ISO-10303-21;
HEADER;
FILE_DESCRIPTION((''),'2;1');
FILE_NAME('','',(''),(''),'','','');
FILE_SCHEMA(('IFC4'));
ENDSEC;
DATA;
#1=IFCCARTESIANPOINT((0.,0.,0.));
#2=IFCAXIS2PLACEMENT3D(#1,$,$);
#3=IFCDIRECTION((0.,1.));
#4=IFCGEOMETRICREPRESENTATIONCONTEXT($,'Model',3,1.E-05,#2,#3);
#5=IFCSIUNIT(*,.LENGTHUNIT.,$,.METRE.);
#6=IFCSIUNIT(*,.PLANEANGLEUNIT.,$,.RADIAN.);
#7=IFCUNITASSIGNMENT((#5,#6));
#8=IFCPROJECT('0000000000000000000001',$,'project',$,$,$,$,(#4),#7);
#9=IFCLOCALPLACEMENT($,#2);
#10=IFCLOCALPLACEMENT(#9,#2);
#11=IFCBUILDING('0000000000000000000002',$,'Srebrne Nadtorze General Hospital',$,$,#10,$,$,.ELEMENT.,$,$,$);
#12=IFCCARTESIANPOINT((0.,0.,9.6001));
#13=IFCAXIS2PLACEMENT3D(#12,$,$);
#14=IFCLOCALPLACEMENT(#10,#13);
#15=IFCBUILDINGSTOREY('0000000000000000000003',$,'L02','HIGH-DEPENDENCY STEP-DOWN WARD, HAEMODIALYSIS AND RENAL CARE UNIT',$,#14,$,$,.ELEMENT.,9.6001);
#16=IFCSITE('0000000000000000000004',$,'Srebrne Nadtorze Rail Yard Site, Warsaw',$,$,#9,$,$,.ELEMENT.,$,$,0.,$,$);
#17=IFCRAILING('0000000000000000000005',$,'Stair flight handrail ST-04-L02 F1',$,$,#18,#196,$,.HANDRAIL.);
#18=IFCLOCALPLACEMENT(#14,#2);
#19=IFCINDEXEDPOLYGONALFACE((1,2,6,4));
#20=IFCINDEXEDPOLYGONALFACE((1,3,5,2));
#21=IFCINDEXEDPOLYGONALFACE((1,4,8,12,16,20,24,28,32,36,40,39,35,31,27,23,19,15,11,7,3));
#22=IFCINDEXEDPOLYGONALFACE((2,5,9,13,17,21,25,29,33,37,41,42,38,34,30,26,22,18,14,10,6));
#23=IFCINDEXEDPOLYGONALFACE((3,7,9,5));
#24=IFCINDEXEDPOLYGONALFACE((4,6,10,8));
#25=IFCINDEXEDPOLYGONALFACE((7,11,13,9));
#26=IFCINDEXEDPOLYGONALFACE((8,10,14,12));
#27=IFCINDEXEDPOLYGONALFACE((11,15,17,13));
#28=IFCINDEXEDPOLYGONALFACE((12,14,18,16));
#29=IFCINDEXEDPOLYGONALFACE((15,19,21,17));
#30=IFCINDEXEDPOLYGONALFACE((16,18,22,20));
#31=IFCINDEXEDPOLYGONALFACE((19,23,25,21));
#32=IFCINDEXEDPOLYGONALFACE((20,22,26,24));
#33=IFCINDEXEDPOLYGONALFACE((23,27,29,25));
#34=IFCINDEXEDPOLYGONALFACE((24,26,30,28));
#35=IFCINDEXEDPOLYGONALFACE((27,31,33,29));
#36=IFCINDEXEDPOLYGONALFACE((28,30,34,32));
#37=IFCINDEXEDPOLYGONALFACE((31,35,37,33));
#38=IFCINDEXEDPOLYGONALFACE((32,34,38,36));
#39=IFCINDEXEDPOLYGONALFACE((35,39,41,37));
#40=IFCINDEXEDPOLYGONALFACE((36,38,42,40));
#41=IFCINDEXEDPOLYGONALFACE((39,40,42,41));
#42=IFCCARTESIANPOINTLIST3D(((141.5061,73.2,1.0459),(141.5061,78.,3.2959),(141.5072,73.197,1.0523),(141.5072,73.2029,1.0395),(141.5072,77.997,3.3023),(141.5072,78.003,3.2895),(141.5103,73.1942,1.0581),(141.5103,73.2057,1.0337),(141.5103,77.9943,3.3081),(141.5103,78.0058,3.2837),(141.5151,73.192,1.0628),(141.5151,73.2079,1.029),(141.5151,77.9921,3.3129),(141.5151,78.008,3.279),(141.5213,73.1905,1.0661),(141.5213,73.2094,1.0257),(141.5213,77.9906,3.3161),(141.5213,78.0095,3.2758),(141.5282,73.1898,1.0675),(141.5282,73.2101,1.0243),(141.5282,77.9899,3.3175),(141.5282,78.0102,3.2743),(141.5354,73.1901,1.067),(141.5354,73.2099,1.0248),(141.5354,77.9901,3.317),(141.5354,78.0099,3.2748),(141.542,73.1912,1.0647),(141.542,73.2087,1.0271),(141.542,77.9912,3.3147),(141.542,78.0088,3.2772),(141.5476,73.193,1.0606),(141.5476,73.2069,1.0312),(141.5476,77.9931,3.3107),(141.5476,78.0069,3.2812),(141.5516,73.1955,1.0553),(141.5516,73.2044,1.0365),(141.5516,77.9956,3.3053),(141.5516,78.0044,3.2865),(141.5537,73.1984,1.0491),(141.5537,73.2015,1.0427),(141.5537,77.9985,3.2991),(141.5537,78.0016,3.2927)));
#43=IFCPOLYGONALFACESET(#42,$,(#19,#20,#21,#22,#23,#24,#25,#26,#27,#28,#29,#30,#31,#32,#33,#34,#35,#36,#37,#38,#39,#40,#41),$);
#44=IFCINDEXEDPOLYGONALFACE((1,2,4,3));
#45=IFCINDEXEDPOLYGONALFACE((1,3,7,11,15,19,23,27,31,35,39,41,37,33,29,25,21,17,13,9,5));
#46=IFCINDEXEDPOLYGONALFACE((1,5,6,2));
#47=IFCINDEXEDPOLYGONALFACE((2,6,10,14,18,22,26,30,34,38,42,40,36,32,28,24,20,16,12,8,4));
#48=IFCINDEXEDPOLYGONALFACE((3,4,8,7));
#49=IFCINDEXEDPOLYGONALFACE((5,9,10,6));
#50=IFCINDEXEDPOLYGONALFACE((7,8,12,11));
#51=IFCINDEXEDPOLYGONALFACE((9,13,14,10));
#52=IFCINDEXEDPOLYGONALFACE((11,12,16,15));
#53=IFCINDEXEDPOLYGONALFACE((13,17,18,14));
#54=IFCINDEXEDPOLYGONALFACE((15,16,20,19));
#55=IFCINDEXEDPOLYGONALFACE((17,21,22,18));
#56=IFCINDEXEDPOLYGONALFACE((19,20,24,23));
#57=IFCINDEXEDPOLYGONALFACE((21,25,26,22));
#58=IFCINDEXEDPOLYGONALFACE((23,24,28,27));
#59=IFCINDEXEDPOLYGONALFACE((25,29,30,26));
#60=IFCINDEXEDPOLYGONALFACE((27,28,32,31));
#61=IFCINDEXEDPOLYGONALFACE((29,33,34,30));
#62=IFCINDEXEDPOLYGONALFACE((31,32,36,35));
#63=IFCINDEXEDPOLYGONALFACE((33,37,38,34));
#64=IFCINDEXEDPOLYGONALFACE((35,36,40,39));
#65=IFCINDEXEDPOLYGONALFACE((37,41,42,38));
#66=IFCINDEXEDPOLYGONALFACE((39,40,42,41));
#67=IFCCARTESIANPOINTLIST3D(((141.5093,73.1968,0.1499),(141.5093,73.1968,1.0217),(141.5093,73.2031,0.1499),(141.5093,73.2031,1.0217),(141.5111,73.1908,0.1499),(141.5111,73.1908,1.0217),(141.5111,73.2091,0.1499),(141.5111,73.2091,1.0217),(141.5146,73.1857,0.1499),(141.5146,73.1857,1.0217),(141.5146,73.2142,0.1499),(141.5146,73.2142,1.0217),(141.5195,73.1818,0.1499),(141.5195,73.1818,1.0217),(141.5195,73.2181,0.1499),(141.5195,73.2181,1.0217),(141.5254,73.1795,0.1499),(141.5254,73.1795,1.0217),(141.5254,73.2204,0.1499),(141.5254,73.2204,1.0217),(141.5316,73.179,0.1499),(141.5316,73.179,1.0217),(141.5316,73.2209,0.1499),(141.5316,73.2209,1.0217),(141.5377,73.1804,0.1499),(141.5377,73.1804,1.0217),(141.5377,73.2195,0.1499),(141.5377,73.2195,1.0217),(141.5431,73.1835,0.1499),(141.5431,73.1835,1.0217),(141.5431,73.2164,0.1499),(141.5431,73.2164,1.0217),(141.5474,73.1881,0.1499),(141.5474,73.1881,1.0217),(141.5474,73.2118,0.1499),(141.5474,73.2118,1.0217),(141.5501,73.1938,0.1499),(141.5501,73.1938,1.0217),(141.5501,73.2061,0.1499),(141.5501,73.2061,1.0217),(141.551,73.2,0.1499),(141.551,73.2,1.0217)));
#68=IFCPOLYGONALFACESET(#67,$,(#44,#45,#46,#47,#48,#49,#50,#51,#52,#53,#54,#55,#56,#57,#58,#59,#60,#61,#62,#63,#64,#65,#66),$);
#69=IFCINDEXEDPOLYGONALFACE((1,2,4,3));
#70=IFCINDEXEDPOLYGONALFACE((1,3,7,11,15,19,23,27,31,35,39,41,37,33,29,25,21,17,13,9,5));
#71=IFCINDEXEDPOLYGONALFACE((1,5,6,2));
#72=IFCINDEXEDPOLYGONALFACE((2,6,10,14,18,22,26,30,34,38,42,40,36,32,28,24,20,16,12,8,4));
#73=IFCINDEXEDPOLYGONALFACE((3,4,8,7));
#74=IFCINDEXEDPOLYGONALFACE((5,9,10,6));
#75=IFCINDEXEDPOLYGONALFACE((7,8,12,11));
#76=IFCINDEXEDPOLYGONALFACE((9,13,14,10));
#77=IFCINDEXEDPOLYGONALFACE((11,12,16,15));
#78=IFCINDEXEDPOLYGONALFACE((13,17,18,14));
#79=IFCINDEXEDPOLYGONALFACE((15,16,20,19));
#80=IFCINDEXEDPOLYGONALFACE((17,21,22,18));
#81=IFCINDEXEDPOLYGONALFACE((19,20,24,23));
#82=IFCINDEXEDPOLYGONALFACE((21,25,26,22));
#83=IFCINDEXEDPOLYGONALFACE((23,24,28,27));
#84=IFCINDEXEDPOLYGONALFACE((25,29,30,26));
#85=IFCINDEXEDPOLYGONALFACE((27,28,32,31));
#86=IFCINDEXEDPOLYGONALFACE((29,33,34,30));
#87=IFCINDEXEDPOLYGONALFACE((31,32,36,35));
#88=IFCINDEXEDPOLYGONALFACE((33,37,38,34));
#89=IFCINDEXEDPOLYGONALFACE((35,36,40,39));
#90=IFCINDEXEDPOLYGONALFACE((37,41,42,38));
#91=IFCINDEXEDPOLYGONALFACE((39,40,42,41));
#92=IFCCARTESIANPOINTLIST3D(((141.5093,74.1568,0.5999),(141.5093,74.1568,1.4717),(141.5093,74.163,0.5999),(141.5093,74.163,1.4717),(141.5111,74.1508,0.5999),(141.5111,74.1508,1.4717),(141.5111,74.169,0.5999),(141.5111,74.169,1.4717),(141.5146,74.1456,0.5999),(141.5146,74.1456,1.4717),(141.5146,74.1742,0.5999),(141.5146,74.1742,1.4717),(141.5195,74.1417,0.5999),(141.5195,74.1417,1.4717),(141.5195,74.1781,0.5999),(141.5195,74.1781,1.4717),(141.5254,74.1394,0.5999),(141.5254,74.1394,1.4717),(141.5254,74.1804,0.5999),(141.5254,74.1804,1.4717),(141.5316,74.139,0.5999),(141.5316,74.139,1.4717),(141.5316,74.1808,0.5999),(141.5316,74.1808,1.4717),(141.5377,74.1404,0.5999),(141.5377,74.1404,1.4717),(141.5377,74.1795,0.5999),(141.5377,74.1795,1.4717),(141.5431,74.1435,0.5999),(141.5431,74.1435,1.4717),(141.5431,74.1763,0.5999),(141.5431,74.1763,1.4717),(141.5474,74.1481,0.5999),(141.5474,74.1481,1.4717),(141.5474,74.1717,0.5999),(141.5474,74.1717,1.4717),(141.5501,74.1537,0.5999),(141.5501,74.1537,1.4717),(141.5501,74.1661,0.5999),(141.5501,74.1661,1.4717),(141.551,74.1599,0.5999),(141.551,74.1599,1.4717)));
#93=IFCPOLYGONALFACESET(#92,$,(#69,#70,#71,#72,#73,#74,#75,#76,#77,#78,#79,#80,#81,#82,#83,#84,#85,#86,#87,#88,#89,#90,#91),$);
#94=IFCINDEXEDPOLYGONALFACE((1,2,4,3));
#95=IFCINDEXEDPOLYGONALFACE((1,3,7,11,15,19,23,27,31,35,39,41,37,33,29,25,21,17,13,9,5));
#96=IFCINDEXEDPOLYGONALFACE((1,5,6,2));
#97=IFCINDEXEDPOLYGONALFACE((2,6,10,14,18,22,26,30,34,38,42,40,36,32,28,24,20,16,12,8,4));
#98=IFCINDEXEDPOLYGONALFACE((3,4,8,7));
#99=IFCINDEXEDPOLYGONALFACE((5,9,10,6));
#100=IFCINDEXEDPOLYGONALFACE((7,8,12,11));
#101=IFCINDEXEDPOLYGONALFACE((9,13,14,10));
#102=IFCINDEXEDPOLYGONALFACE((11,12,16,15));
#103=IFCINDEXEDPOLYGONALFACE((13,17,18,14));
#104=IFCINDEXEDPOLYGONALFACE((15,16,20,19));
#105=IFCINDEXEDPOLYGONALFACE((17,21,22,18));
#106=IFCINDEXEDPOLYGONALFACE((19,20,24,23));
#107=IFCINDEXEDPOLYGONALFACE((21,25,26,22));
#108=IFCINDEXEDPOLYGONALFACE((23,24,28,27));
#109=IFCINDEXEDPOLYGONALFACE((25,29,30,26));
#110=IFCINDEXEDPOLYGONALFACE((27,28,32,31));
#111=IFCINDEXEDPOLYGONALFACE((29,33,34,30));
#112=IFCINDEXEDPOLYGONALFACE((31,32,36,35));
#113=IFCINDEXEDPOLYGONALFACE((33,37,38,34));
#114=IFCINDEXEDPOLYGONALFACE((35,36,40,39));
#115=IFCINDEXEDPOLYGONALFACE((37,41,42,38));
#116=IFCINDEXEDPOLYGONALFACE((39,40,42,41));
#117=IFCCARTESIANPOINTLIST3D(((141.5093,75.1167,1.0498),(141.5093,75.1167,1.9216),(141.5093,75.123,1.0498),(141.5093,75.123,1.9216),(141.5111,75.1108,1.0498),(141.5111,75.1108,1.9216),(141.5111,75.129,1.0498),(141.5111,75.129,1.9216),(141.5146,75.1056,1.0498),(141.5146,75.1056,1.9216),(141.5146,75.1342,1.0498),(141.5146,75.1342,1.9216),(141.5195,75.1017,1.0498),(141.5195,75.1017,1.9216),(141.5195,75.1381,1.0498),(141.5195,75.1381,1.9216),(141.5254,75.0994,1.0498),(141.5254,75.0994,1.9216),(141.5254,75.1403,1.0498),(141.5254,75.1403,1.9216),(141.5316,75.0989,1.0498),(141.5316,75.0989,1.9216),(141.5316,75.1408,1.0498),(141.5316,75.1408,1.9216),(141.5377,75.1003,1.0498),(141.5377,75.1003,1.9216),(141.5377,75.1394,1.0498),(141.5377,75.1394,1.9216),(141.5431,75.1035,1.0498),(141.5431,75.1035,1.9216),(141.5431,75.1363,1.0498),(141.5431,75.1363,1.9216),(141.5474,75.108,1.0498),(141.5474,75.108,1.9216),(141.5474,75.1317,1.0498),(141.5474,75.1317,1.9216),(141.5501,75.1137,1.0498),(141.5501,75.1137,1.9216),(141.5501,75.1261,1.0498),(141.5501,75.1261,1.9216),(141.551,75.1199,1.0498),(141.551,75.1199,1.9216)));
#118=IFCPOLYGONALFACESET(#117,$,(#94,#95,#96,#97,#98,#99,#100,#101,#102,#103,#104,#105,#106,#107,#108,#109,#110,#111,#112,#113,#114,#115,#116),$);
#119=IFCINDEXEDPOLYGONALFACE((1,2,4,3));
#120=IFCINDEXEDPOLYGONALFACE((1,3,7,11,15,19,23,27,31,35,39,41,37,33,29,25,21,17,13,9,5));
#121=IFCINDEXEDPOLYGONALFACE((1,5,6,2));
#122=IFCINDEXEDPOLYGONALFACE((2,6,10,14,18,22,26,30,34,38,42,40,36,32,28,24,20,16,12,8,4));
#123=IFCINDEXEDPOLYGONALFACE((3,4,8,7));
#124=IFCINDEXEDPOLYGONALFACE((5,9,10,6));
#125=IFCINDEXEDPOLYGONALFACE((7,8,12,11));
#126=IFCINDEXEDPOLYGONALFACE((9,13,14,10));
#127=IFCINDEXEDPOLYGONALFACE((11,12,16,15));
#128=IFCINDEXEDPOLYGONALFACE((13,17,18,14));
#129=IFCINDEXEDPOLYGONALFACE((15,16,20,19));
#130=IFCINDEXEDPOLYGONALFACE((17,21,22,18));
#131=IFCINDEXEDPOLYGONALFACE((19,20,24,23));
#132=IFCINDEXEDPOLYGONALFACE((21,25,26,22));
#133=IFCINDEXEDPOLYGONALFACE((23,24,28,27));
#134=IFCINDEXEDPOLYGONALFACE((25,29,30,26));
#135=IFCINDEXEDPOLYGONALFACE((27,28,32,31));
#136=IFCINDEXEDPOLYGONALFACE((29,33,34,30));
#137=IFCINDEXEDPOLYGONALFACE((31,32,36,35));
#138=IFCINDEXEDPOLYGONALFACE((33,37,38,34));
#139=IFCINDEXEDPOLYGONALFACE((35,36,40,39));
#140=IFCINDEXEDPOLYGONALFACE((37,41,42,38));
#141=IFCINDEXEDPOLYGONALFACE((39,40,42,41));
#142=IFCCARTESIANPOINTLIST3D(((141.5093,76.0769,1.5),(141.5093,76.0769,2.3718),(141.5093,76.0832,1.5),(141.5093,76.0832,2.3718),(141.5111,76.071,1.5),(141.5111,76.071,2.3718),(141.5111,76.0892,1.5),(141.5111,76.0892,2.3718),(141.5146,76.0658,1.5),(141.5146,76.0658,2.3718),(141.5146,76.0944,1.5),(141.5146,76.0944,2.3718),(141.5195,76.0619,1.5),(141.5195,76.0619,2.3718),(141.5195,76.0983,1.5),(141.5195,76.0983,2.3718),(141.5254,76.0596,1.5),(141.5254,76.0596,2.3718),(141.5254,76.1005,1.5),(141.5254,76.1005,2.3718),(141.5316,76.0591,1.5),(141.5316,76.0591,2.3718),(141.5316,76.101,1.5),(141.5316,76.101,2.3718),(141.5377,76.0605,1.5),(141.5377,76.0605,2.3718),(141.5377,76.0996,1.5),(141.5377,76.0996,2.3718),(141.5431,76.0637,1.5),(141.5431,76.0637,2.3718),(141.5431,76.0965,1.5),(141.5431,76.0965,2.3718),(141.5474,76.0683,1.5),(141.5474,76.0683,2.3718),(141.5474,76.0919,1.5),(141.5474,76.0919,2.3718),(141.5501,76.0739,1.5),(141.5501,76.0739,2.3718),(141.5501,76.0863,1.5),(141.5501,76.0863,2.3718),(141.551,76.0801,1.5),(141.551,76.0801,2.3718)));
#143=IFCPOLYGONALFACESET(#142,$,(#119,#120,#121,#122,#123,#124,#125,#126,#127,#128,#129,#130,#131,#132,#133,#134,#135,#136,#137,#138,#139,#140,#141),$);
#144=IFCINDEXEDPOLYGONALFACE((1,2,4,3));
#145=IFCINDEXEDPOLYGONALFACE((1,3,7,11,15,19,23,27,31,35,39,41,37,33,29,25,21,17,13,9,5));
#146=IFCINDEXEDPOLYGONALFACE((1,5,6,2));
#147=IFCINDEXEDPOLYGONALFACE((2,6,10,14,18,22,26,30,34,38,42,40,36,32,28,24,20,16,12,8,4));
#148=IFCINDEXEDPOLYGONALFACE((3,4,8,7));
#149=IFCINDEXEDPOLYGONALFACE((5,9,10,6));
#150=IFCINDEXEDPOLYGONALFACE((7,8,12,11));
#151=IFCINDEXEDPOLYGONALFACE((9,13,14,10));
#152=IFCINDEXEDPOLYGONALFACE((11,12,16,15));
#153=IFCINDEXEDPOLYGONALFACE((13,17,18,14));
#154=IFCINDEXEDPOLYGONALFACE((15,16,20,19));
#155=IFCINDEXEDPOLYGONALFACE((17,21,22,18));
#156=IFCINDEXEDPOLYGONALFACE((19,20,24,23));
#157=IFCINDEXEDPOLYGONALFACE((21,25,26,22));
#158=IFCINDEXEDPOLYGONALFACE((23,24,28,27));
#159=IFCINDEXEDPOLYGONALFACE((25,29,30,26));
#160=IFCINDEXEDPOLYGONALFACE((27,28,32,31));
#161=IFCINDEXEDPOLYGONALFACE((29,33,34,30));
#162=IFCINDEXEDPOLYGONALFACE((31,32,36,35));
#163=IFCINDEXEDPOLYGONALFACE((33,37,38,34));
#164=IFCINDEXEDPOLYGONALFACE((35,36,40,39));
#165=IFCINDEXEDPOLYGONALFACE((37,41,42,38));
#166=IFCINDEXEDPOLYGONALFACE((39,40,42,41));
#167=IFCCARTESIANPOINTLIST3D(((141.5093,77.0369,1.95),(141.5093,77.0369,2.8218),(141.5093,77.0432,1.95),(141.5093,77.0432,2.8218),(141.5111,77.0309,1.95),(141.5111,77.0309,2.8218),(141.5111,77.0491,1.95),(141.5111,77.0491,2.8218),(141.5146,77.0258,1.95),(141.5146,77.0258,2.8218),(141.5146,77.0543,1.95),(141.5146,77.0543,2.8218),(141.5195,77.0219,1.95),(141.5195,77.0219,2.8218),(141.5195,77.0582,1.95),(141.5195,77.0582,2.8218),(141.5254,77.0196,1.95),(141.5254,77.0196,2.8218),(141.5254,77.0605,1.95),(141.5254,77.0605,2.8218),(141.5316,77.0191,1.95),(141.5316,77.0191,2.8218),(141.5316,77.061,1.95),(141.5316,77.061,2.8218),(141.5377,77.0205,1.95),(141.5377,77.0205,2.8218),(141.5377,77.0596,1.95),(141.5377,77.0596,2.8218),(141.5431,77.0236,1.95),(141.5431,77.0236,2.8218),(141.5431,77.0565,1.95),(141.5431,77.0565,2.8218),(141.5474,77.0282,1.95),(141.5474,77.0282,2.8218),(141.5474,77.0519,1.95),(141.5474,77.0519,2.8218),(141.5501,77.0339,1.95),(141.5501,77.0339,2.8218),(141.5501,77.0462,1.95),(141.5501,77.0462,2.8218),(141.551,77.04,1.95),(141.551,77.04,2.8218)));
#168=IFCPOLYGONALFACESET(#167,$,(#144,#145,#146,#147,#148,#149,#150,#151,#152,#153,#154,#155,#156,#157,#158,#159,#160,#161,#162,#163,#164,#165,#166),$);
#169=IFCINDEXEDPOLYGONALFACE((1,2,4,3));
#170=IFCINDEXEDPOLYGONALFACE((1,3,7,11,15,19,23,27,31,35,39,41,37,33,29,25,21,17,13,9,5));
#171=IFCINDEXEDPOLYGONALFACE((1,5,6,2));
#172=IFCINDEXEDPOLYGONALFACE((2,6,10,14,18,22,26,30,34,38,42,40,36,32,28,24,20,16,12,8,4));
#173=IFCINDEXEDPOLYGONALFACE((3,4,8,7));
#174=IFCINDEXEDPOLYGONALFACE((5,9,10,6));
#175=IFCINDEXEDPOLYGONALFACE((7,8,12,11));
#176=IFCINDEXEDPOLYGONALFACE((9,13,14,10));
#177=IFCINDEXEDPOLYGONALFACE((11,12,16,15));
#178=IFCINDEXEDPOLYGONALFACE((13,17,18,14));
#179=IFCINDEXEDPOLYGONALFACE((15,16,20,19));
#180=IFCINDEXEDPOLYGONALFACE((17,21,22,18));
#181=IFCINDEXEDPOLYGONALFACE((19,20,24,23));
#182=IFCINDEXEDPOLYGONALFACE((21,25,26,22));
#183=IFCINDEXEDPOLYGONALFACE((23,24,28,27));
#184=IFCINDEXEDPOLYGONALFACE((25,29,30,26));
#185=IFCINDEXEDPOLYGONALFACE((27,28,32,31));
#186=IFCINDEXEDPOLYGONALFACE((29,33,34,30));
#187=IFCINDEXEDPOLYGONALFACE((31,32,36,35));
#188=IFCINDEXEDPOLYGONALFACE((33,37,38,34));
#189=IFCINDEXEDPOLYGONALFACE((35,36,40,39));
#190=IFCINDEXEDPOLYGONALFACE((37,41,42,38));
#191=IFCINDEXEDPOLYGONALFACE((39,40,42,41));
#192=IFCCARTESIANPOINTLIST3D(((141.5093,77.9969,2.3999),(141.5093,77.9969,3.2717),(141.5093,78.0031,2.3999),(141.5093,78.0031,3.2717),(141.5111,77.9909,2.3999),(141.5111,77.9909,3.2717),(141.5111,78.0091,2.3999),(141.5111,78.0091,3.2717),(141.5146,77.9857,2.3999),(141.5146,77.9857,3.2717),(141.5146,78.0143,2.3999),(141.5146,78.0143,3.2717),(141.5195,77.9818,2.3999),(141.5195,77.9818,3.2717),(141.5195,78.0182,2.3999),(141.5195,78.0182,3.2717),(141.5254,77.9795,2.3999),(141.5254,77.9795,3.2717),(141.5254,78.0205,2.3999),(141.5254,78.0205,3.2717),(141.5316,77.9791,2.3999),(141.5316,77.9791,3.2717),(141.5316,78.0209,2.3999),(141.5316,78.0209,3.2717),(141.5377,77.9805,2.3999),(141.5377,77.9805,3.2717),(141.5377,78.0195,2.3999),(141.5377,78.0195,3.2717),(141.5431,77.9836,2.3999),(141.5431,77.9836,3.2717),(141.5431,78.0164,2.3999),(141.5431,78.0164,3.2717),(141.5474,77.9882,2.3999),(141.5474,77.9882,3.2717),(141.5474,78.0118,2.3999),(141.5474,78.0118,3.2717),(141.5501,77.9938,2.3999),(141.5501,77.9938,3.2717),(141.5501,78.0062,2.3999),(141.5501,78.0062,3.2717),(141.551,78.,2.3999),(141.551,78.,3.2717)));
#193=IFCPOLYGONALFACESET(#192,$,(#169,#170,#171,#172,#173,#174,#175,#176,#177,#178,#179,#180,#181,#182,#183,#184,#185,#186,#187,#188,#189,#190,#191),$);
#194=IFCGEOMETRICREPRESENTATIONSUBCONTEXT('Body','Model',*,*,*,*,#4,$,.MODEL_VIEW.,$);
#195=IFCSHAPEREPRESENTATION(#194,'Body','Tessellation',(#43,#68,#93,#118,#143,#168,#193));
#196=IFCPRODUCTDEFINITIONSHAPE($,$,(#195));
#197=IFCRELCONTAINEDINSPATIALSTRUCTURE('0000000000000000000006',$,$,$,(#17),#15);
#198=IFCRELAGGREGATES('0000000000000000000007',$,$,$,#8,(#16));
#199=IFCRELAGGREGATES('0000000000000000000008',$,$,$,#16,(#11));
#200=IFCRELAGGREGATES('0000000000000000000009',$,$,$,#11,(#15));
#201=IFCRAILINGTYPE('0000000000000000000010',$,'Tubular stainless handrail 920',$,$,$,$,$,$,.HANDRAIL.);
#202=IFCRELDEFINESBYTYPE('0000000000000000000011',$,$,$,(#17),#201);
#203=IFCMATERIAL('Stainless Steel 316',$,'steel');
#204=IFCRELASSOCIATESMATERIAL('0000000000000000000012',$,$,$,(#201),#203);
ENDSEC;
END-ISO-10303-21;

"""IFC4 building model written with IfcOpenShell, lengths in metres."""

from ifc_helpers import new_model, si_unit, direction, frame, origin, origin_2d, place, context, subcontext, project, spatial, circle, extrude, material, type_object, element, save


model = new_model("IFC4")

# Units and contexts
model_context = context("Model", 3, precision=1e-05, world=origin(), true_north=direction((0.0, 1.0)))
body_context = subcontext(model_context, "Body", "Model", "MODEL_VIEW")
ifc_project = project(units=[si_unit("LENGTHUNIT", "METRE"), si_unit("PLANEANGLEUNIT", "RADIAN")], contexts=[model_context])

# Site, building, storey
site_placement = place(None, origin())
site = spatial("IfcSite", under=ifc_project, at=site_placement, Name="Srebrne Nadtorze Rail Yard Site, Warsaw", CompositionType="ELEMENT", RefElevation=0.0)
building_placement = place(site_placement, origin())
building = spatial("IfcBuilding", under=site, at=building_placement, Name="Srebrne Nadtorze General Hospital", CompositionType="ELEMENT")
storey_placement = place(building_placement, frame((0.0, 0.0, 9.6001)))
storey = spatial("IfcBuildingStorey", under=building, at=storey_placement, Name="L02", Description="HIGH-DEPENDENCY STEP-DOWN WARD, HAEMODIALYSIS AND RENAL CARE UNIT", CompositionType="ELEMENT", Elevation=9.6001)

# Railing
ifc_material_1 = material(Name="Stainless Steel 316", Category="steel")
railing_type = type_object("IfcRailingType", Name="Tubular stainless handrail 920", PredefinedType="HANDRAIL", material=ifc_material_1)
railing_placement = place(storey_placement, frame((141.53, 73.2, 0.1499)))
element("IfcRailing", 1, at=railing_placement, inside=storey, type_object=railing_type, Name="Stair flight handrail ST-04-L02 F1", PredefinedType="HANDRAIL", context=body_context, shape_type="SweptSolid", body=[
    extrude(circle(Radius=0.0239, at=origin_2d()), frame((0.0, 0.0, 0.896), z_axis=(0.0, 0.905461, 0.42443), x_axis=(-1.0, 0.0, 0.0)), (0.0, 0.0, 1.0), 5.3013),
    extrude(circle(Radius=0.021, at=origin_2d()), origin(), (0.0, 0.0, 1.0), 0.8718),
    extrude(circle(Radius=0.021, at=origin_2d()), frame((0.0, 0.96, 0.45)), (0.0, 0.0, 1.0), 0.8718),
    extrude(circle(Radius=0.021, at=origin_2d()), frame((0.0, 1.9199, 0.8999)), (0.0, 0.0, 1.0), 0.8718),
    extrude(circle(Radius=0.021, at=origin_2d()), frame((0.0, 2.8801, 1.3501)), (0.0, 0.0, 1.0), 0.8718),
    extrude(circle(Radius=0.021, at=origin_2d()), frame((0.0, 3.8401, 1.8)), (0.0, 0.0, 1.0), 0.8718),
    extrude(circle(Radius=0.021, at=origin_2d()), frame((0.0, 4.8, 2.25)), (0.0, 0.0, 1.0), 0.8718),
])

save(model, "model.ifc")
